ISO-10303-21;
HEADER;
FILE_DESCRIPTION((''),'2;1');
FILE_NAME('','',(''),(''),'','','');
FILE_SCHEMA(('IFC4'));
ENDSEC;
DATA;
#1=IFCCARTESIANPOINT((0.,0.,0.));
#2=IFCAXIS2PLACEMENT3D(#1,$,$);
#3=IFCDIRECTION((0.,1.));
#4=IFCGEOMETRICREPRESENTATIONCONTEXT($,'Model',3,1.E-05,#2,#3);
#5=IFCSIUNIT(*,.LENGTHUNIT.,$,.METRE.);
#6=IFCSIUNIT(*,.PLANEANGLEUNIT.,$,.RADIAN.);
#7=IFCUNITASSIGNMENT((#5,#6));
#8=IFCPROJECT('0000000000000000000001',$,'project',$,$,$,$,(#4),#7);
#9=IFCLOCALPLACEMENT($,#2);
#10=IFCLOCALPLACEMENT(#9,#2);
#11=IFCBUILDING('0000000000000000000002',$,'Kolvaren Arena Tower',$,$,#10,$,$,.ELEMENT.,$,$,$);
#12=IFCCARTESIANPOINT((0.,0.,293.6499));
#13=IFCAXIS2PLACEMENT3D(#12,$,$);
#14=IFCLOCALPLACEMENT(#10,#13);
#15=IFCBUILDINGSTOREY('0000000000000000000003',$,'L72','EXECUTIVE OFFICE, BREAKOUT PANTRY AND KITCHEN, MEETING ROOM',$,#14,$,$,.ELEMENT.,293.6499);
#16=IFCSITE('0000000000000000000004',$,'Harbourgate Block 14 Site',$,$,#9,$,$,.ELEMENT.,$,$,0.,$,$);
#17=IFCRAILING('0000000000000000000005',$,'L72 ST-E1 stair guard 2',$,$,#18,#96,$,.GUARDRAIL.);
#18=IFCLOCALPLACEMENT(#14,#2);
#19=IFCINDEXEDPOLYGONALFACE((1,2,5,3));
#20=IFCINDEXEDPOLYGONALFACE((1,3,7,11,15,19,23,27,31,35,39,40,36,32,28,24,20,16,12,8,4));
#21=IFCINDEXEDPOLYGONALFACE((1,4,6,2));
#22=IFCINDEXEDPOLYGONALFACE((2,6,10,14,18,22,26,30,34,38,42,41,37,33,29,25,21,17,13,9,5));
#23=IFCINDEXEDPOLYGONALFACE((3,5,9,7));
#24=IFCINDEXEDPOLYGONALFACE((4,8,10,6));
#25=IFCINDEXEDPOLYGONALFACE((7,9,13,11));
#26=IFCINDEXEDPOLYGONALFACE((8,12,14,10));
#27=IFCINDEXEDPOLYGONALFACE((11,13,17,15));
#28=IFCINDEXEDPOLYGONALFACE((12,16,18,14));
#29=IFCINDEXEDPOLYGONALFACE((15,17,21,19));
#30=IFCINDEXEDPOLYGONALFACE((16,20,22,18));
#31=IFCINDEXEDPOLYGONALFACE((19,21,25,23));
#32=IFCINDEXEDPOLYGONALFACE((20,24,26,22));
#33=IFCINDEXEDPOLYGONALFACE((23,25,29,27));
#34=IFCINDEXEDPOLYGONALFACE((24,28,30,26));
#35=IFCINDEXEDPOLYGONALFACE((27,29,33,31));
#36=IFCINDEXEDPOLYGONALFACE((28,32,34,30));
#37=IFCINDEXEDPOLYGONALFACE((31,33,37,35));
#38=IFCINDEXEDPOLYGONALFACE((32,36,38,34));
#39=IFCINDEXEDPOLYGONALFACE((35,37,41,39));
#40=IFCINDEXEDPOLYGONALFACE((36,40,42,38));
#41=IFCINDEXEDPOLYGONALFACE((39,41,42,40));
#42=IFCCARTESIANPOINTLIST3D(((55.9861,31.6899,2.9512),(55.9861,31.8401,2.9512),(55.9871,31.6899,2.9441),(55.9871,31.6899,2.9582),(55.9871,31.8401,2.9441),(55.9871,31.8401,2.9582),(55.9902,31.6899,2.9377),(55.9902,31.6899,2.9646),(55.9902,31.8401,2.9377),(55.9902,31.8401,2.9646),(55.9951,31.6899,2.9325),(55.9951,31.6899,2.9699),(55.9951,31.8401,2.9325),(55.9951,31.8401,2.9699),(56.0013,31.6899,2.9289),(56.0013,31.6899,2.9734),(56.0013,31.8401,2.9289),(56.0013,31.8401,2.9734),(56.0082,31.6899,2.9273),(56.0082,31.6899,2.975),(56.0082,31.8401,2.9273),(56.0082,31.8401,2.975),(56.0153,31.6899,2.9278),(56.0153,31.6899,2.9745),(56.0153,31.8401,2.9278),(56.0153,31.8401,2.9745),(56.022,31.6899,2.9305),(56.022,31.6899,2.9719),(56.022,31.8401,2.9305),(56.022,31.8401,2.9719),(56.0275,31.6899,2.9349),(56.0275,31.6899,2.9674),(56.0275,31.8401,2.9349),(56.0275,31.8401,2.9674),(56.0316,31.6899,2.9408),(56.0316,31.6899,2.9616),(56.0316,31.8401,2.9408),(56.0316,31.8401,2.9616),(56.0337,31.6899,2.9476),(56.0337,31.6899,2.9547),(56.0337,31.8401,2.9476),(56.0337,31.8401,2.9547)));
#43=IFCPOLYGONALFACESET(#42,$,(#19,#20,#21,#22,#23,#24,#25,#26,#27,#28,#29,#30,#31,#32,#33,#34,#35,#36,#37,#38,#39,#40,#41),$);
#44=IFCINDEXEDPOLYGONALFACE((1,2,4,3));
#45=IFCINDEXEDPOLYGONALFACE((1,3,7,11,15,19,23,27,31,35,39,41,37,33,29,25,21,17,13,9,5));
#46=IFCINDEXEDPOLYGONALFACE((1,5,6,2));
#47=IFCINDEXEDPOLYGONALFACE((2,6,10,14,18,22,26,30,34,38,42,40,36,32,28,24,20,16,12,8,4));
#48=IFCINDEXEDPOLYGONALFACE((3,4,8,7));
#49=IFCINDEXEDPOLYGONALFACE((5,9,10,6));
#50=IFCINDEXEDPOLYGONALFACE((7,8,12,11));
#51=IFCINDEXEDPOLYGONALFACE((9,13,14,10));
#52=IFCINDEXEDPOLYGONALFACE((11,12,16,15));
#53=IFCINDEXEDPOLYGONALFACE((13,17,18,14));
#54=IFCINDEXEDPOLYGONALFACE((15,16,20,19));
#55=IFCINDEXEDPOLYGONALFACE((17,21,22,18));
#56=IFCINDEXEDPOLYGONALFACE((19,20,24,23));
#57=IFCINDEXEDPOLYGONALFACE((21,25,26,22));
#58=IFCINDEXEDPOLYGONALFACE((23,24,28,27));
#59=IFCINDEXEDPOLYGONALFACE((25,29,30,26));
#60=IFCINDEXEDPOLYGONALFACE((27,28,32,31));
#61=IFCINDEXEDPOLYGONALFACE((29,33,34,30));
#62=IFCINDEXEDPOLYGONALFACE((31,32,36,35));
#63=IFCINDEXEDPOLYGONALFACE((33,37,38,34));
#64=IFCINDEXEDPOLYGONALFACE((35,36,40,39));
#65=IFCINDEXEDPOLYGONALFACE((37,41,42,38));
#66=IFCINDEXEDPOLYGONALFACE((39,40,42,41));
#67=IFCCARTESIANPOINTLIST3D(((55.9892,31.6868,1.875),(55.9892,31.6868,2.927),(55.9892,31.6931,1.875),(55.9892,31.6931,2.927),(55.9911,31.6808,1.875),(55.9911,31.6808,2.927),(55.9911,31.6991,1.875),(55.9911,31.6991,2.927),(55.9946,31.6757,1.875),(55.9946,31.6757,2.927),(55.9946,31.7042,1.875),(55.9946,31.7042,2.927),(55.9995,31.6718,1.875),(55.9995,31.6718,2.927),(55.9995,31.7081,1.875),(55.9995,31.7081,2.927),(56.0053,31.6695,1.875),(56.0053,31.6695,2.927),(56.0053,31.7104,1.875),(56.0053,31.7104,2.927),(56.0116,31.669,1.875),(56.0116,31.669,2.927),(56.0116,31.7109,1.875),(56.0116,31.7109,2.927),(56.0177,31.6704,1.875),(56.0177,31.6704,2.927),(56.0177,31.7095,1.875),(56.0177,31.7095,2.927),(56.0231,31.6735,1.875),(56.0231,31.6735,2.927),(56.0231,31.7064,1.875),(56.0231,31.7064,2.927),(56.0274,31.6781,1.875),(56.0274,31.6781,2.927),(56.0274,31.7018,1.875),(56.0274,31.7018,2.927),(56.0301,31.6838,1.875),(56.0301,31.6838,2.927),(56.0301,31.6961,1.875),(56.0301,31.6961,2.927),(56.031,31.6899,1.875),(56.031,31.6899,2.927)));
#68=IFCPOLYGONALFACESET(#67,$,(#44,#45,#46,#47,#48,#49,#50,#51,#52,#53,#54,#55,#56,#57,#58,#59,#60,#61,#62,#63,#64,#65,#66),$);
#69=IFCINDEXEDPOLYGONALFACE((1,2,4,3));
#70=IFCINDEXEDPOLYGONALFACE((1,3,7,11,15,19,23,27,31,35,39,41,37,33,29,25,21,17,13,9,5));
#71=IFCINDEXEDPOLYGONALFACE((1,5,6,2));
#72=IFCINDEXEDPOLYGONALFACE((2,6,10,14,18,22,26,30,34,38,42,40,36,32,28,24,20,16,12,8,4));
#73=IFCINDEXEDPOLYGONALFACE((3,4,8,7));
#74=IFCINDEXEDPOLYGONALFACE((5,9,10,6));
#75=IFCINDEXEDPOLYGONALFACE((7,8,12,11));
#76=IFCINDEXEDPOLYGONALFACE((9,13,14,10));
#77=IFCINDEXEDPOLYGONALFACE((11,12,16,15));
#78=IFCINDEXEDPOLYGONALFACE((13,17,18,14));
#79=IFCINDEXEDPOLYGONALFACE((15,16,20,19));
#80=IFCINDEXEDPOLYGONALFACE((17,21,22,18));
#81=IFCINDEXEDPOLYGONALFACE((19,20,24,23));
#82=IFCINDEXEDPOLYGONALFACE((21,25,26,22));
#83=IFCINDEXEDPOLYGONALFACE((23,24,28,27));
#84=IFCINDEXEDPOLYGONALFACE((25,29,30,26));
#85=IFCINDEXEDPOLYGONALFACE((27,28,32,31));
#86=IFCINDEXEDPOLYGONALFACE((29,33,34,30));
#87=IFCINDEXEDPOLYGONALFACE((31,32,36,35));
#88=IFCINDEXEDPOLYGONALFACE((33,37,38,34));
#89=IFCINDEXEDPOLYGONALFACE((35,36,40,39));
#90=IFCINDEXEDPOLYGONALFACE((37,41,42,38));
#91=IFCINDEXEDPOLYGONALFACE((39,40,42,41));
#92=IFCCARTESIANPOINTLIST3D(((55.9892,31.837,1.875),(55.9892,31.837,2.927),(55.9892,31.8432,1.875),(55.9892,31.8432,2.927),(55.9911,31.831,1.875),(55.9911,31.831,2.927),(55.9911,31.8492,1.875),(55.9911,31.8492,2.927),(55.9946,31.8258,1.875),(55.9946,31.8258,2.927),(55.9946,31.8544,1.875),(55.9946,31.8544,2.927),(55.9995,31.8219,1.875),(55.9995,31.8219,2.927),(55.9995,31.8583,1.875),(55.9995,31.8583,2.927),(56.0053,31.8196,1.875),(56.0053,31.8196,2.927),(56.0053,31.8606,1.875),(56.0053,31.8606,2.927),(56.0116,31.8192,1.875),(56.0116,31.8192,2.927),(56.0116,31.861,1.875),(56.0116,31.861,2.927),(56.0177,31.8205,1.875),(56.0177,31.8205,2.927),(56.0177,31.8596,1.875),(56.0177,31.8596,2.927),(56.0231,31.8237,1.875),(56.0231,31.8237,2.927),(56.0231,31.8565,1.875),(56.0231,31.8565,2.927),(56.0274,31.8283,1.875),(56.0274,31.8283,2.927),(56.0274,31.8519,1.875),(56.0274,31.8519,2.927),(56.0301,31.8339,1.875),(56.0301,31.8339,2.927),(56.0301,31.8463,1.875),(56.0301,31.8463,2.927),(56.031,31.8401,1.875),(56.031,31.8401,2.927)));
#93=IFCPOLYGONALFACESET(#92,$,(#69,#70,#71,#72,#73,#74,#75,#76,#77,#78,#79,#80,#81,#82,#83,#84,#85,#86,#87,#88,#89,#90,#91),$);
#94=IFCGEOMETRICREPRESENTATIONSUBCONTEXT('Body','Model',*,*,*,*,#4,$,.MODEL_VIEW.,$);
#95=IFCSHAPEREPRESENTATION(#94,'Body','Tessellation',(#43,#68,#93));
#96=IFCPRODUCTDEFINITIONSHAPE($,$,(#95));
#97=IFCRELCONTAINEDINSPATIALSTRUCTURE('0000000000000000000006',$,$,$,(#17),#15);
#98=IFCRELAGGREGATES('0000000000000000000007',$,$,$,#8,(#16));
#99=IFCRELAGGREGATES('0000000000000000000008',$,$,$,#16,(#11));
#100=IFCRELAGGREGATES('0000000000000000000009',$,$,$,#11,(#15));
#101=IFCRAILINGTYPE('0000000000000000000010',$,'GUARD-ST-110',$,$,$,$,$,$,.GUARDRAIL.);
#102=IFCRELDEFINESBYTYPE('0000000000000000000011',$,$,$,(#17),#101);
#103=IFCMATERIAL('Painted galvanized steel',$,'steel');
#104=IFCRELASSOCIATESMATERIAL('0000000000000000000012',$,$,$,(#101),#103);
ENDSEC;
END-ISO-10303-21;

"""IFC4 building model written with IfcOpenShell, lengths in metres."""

from ifc_helpers import new_model, si_unit, direction, frame, origin, origin_2d, place, context, subcontext, project, spatial, circle, extrude, material, type_object, element, save


model = new_model("IFC4")

# Units and contexts
model_context = context("Model", 3, precision=1e-05, world=origin(), true_north=direction((0.0, 1.0)))
body_context = subcontext(model_context, "Body", "Model", "MODEL_VIEW")
ifc_project = project(units=[si_unit("LENGTHUNIT", "METRE"), si_unit("PLANEANGLEUNIT", "RADIAN")], contexts=[model_context])

# Site, building, storey
site_placement = place(None, origin())
site = spatial("IfcSite", under=ifc_project, at=site_placement, Name="Harbourgate Block 14 Site", CompositionType="ELEMENT", RefElevation=0.0)
building_placement = place(site_placement, origin())
building = spatial("IfcBuilding", under=site, at=building_placement, Name="Kolvaren Arena Tower", CompositionType="ELEMENT")
storey_placement = place(building_placement, frame((0.0, 0.0, 293.6499)))
storey = spatial("IfcBuildingStorey", under=building, at=storey_placement, Name="L72", Description="EXECUTIVE OFFICE, BREAKOUT PANTRY AND KITCHEN, MEETING ROOM", CompositionType="ELEMENT", Elevation=293.6499)

# Railing
ifc_material_1 = material(Name="Painted galvanized steel", Category="steel")
railing_type_1 = type_object("IfcRailingType", Name="GUARD-ST-110", PredefinedType="GUARDRAIL", material=ifc_material_1)
railing_1_placement = place(storey_placement, frame((56.01, 31.6899, 1.875)))
element("IfcRailing", 1, at=railing_1_placement, inside=storey, type_object=railing_type_1, Name="L72 ST-E1 stair guard 2", PredefinedType="GUARDRAIL", context=body_context, shape_type="SweptSolid", body=[
    extrude(circle(Radius=0.0239, at=origin_2d()), frame((0.0, 0.0, 1.0762), z_axis=(0.0, 1.0, 0.0), x_axis=(-1.0, 0.0, 0.0)), (0.0, 0.0, 1.0), 0.1501),
    extrude(circle(Radius=0.021, at=origin_2d()), origin(), (0.0, 0.0, 1.0), 1.052),
    extrude(circle(Radius=0.021, at=origin_2d()), frame((0.0, 0.1501, 0.0)), (0.0, 0.0, 1.0), 1.052),
])

save(model, "model.ifc")
